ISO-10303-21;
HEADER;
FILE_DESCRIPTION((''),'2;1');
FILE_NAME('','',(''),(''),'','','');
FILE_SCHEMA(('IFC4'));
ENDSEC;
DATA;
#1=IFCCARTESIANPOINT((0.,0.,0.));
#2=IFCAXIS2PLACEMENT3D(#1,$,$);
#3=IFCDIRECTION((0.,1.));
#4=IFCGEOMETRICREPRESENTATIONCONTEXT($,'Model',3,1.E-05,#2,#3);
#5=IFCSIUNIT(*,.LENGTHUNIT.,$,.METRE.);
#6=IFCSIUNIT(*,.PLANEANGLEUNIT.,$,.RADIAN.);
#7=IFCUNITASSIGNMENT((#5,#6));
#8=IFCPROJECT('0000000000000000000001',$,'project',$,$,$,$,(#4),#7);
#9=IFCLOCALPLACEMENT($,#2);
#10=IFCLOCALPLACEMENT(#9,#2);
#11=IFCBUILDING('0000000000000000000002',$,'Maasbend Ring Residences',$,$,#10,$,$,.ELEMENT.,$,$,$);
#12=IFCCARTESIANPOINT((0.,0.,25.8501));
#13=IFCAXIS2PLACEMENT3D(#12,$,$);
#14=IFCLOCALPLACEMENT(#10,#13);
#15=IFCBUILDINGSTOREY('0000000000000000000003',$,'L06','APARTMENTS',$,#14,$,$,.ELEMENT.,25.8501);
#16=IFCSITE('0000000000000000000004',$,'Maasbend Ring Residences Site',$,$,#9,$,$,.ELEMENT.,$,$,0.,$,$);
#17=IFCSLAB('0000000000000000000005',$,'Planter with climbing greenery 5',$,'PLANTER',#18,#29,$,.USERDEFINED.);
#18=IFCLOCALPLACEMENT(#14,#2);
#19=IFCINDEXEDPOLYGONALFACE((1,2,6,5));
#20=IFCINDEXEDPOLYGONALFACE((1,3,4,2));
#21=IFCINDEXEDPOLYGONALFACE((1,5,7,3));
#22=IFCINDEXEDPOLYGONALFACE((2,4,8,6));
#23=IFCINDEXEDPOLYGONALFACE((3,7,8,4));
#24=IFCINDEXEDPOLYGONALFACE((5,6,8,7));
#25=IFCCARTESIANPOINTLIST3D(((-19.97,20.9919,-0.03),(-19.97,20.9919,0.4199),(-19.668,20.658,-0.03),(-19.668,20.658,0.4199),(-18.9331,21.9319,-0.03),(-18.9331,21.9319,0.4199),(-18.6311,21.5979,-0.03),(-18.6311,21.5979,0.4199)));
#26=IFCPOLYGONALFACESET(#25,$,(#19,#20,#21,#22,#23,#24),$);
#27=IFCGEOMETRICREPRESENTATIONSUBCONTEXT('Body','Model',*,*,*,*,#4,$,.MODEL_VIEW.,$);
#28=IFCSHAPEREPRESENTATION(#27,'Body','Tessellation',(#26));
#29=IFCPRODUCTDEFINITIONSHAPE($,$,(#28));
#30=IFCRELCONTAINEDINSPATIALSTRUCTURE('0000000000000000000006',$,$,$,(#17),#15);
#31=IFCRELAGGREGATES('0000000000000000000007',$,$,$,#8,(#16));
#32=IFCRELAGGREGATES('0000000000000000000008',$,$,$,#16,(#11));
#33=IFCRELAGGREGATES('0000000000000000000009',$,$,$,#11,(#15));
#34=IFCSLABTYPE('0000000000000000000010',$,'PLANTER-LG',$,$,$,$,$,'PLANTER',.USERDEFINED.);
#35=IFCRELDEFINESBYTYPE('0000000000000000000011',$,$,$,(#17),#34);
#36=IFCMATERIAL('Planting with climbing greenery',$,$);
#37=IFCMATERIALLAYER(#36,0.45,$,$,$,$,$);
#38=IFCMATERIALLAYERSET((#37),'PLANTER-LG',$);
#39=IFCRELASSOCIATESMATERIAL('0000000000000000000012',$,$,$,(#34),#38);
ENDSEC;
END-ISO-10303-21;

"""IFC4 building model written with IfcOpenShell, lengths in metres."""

from ifc_helpers import new_model, si_unit, direction, frame, origin, place, context, subcontext, project, spatial, polyline, outline, extrude, material, layer, layer_set, type_object, element, save


model = new_model("IFC4")

# Units and contexts
model_context = context("Model", 3, precision=1e-05, world=origin(), true_north=direction((0.0, 1.0)))
body_context = subcontext(model_context, "Body", "Model", "MODEL_VIEW")
ifc_project = project(units=[si_unit("LENGTHUNIT", "METRE"), si_unit("PLANEANGLEUNIT", "RADIAN")], contexts=[model_context])

# Site, building, storey
site_placement = place(None, origin())
site = spatial("IfcSite", under=ifc_project, at=site_placement, Name="Maasbend Ring Residences Site", CompositionType="ELEMENT", RefElevation=0.0)
building_placement = place(site_placement, origin())
building = spatial("IfcBuilding", under=site, at=building_placement, Name="Maasbend Ring Residences", CompositionType="ELEMENT")
storey_placement = place(building_placement, frame((0.0, 0.0, 25.8501)))
storey = spatial("IfcBuildingStorey", under=building, at=storey_placement, Name="L06", Description="APARTMENTS", CompositionType="ELEMENT", Elevation=25.8501)

# Slab
ifc_material_1 = material(Name="Planting with climbing greenery")
ifc_layer_1 = layer(ifc_material_1, 0.45)
ifc_layer_set_1 = layer_set([ifc_layer_1], Name="PLANTER-LG")
slab_type_1 = type_object("IfcSlabType", Name="PLANTER-LG", ElementType="PLANTER", PredefinedType="USERDEFINED", material=ifc_layer_set_1)
slab_1_placement = place(storey_placement, frame((0.0, 0.0, -0.03)))
element("IfcSlab", 1, at=slab_1_placement, inside=storey, type_object=slab_type_1, Name="Planter with climbing greenery 5", ObjectType="PLANTER", PredefinedType="USERDEFINED", context=body_context, shape_type="SweptSolid", body=[
    extrude(outline(polyline([(-18.9331, 21.9319), (-19.97, 20.9919), (-19.668, 20.658), (-18.6311, 21.5979), (-18.9331, 21.9319)])), origin(), (0.0, 0.0, 1.0), 0.45),
])

save(model, "model.ifc")
